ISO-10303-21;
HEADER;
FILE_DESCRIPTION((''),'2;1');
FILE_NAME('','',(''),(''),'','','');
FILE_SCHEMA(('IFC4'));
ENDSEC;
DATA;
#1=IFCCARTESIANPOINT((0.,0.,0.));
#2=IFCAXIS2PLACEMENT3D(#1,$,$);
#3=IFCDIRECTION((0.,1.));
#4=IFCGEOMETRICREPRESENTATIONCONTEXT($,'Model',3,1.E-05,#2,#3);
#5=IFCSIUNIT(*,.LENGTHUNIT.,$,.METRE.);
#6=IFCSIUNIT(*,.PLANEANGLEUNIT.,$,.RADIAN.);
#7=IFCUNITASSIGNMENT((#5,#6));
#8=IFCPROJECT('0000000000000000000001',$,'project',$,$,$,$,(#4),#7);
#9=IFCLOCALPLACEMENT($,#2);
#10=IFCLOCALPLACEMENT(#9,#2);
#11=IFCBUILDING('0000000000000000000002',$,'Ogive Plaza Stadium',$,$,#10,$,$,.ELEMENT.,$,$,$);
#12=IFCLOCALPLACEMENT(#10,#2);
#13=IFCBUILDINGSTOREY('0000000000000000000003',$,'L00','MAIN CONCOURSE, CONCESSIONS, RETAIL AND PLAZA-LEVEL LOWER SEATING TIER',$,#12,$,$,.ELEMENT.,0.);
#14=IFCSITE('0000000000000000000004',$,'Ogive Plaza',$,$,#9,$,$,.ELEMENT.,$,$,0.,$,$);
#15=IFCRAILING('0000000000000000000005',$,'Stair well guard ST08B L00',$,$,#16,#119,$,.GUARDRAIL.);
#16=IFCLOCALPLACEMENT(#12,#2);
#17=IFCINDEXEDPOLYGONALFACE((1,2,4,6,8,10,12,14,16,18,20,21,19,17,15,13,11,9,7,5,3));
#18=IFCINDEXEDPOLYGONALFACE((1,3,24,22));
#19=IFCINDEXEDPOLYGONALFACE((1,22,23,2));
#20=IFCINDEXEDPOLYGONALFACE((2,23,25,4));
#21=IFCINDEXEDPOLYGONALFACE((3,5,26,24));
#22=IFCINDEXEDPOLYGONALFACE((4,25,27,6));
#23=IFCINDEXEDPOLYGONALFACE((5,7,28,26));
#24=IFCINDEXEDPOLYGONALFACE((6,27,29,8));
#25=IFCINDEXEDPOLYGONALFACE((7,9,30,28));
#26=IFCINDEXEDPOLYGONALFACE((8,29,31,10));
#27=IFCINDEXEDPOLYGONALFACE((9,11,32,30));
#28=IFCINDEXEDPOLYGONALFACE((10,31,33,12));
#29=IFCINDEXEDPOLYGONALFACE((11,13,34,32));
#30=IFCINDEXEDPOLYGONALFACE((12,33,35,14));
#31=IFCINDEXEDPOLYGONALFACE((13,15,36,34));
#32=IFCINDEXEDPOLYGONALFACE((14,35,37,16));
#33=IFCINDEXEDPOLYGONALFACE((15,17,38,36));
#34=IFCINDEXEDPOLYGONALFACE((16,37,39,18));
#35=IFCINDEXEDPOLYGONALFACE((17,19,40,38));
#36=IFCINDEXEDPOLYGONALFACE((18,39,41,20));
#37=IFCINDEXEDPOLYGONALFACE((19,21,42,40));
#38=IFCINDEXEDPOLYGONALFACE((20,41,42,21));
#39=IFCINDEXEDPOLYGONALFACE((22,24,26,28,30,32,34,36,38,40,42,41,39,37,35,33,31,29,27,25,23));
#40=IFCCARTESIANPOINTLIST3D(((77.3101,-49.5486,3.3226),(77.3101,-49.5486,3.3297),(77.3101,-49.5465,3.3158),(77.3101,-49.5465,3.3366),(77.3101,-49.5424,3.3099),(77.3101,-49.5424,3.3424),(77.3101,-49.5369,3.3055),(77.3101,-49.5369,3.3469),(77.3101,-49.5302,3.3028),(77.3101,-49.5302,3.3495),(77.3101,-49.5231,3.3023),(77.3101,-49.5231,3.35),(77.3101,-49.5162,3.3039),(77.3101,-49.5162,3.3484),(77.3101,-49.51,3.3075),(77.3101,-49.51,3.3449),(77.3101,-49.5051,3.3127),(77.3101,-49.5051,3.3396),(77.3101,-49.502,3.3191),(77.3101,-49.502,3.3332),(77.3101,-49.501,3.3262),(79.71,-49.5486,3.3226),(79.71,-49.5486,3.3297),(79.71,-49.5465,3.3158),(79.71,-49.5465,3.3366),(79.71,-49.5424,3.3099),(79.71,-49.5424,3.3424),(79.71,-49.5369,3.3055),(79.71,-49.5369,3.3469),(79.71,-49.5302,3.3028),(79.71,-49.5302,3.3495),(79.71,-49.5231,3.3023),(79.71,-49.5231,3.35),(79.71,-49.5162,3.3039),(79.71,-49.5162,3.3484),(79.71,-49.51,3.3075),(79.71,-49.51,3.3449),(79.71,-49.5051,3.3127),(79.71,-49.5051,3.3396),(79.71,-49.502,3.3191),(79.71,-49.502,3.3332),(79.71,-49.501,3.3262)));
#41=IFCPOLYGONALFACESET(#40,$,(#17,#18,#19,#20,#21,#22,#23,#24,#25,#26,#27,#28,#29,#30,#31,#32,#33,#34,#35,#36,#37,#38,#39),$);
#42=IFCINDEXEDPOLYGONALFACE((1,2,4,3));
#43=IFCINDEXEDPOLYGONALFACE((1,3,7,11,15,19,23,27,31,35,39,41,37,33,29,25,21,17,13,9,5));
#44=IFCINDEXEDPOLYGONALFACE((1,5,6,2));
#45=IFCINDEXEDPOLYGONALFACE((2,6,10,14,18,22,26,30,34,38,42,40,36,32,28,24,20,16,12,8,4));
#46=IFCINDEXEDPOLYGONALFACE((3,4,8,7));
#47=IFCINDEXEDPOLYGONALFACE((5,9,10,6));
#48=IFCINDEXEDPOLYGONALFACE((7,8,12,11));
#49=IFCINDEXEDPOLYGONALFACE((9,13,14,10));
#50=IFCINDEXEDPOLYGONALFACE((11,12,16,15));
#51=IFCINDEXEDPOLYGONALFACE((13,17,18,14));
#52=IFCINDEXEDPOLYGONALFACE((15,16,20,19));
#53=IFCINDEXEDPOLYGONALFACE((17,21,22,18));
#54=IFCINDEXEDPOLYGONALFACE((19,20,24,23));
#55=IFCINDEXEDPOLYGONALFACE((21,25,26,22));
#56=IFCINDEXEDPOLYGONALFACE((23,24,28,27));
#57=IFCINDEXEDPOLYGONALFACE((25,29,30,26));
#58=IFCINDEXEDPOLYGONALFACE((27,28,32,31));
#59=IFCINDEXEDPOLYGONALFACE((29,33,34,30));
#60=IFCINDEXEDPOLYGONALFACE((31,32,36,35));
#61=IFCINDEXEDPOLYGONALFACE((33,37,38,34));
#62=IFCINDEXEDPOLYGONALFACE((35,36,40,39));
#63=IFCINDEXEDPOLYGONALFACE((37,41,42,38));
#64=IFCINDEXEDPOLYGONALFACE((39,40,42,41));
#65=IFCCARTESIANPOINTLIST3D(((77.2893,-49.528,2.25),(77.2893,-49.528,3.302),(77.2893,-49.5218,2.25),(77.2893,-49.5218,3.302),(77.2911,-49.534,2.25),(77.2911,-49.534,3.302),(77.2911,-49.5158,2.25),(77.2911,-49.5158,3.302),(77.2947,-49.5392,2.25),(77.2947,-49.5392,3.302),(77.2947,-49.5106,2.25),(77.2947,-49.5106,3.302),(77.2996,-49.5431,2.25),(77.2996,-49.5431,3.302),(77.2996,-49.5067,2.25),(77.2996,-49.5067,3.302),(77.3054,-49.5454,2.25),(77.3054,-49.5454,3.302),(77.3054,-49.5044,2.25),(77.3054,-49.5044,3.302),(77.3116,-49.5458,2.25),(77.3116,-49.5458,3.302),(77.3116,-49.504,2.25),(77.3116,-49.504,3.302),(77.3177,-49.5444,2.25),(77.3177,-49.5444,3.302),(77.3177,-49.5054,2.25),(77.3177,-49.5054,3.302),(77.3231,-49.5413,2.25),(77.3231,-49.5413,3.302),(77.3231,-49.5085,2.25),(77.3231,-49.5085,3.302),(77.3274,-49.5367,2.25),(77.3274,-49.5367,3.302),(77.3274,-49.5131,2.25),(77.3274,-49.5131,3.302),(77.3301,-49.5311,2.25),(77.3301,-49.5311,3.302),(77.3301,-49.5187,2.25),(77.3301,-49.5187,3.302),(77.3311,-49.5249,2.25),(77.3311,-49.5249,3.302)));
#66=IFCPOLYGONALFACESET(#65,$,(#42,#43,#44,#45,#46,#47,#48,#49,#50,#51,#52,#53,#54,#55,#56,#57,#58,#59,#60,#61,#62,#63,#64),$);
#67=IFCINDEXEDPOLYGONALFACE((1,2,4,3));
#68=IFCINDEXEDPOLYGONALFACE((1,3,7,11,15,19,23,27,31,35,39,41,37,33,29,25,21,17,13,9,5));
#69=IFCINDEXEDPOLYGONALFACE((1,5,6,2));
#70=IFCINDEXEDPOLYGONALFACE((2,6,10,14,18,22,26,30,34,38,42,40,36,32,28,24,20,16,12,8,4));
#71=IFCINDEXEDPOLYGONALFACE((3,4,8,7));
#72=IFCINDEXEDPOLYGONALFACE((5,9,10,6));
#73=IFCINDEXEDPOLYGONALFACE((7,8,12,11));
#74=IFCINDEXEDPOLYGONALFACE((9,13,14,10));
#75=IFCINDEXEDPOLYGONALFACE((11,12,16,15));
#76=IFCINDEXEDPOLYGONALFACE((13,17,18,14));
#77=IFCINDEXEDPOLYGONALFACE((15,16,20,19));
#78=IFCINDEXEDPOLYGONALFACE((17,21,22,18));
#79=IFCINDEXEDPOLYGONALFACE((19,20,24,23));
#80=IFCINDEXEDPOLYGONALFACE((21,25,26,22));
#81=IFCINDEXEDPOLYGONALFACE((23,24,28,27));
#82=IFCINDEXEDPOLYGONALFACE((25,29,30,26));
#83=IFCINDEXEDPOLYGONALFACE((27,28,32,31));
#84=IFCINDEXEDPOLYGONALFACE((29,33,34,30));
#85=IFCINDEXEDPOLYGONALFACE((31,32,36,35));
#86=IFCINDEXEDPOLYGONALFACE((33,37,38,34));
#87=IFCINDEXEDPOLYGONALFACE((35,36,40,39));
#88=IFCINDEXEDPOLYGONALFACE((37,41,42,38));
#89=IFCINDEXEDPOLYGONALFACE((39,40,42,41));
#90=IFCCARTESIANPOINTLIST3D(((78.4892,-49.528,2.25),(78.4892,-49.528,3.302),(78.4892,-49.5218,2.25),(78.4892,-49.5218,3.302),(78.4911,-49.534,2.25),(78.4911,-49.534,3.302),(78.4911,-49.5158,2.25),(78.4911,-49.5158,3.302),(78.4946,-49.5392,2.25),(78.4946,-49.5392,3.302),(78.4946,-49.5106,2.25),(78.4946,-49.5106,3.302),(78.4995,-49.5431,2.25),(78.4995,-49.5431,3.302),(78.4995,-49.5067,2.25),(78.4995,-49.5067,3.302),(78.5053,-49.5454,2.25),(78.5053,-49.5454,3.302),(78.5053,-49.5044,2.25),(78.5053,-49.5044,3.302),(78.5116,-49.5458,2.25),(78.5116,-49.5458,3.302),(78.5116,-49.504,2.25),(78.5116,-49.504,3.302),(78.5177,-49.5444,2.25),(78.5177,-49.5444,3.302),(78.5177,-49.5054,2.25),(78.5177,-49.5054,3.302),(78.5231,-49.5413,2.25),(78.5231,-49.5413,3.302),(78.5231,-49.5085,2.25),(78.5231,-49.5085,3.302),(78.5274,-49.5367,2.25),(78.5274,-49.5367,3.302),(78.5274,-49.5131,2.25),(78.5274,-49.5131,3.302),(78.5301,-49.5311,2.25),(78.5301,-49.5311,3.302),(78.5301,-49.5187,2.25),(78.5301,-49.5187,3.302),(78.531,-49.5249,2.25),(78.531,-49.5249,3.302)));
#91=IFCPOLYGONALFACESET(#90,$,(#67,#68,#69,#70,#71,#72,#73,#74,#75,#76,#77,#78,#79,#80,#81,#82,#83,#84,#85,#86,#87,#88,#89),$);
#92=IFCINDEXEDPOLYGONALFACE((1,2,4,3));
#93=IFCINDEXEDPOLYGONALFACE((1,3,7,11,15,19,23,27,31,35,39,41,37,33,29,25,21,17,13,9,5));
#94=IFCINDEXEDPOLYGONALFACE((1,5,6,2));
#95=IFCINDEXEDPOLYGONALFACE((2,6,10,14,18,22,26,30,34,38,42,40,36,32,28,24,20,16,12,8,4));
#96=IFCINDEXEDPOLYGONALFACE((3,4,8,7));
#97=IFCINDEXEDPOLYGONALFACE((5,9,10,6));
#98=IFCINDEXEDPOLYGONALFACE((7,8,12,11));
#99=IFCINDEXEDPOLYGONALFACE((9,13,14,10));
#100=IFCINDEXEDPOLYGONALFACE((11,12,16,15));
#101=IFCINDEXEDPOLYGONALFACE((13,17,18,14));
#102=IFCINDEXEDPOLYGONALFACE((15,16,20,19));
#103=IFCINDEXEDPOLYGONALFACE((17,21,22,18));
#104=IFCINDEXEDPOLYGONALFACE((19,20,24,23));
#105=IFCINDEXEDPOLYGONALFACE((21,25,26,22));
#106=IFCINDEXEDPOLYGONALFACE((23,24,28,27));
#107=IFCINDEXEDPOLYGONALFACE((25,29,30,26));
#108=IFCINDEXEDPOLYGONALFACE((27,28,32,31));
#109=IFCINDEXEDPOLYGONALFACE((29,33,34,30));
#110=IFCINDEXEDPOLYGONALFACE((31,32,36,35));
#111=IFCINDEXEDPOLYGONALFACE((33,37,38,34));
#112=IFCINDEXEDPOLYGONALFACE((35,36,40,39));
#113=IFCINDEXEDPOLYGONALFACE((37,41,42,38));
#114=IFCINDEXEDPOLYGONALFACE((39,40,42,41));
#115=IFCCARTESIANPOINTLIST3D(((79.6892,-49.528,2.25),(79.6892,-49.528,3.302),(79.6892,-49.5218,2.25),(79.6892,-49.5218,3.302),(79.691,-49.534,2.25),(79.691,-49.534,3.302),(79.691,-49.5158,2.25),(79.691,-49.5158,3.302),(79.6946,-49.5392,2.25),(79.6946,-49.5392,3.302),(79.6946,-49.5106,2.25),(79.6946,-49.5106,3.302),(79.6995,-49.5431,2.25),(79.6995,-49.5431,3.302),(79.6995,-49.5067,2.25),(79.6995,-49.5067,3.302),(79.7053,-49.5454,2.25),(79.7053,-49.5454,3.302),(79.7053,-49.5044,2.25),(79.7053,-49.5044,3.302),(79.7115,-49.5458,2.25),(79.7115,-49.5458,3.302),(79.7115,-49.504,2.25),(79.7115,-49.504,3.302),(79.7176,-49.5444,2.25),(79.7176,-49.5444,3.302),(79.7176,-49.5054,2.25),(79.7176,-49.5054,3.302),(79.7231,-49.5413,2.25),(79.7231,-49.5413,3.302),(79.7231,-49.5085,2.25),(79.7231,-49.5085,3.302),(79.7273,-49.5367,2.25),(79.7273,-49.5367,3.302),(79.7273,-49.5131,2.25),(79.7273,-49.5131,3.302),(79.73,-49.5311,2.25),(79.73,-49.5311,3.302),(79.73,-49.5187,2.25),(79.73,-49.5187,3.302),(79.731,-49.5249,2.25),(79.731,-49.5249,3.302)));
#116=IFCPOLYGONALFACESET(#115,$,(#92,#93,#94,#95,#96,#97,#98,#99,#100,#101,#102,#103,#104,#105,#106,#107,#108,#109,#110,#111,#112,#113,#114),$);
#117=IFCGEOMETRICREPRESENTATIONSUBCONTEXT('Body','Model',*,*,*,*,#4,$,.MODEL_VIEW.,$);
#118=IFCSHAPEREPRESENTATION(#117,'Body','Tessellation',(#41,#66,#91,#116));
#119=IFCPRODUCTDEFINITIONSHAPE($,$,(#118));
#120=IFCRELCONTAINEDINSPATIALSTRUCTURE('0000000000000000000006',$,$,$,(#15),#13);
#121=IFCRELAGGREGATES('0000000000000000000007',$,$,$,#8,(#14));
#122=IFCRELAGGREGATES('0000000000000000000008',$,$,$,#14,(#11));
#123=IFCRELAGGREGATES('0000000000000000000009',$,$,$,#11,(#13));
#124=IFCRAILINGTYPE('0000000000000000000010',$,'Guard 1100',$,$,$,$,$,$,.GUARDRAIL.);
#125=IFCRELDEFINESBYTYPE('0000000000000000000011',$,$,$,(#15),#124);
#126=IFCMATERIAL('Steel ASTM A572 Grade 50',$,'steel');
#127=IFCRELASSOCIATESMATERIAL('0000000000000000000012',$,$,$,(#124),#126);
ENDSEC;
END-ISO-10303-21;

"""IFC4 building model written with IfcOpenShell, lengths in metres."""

from ifc_helpers import new_model, si_unit, direction, frame, origin, origin_2d, place, context, subcontext, project, spatial, circle, extrude, material, type_object, element, save


model = new_model("IFC4")

# Units and contexts
model_context = context("Model", 3, precision=1e-05, world=origin(), true_north=direction((0.0, 1.0)))
body_context = subcontext(model_context, "Body", "Model", "MODEL_VIEW")
ifc_project = project(units=[si_unit("LENGTHUNIT", "METRE"), si_unit("PLANEANGLEUNIT", "RADIAN")], contexts=[model_context])

# Site, building, storey
site_placement = place(None, origin())
site = spatial("IfcSite", under=ifc_project, at=site_placement, Name="Ogive Plaza", CompositionType="ELEMENT", RefElevation=0.0)
building_placement = place(site_placement, origin())
building = spatial("IfcBuilding", under=site, at=building_placement, Name="Ogive Plaza Stadium", CompositionType="ELEMENT")
storey_placement = place(building_placement, origin())
storey = spatial("IfcBuildingStorey", under=building, at=storey_placement, Name="L00", Description="MAIN CONCOURSE, CONCESSIONS, RETAIL AND PLAZA-LEVEL LOWER SEATING TIER", CompositionType="ELEMENT", Elevation=0.0)

# Railing
ifc_material_1 = material(Name="Steel ASTM A572 Grade 50", Category="steel")
railing_type_1 = type_object("IfcRailingType", Name="Guard 1100", PredefinedType="GUARDRAIL", material=ifc_material_1)
for number, where, name in (
    (1, (77.3101, -49.5249, 2.25), "Stair well guard ST08B L00"),
):
    element("IfcRailing", number, at=place(storey_placement, frame(where)), inside=storey, type_object=railing_type_1, Name=name, PredefinedType="GUARDRAIL", context=body_context, shape_type="SweptSolid", body=[
        extrude(circle(Radius=0.0239, at=origin_2d()), frame((0.0, 0.0, 1.0762), z_axis=(1.0, 0.0, 0.0), x_axis=(0.0, 1.0, 0.0)), (0.0, 0.0, 1.0), 2.3999),
        extrude(circle(Radius=0.021, at=origin_2d()), origin(), (0.0, 0.0, 1.0), 1.052),
        extrude(circle(Radius=0.021, at=origin_2d()), frame((1.2, 0.0, 0.0)), (0.0, 0.0, 1.0), 1.052),
        extrude(circle(Radius=0.021, at=origin_2d()), frame((2.3999, 0.0, 0.0)), (0.0, 0.0, 1.0), 1.052),
    ])

save(model, "model.ifc")
